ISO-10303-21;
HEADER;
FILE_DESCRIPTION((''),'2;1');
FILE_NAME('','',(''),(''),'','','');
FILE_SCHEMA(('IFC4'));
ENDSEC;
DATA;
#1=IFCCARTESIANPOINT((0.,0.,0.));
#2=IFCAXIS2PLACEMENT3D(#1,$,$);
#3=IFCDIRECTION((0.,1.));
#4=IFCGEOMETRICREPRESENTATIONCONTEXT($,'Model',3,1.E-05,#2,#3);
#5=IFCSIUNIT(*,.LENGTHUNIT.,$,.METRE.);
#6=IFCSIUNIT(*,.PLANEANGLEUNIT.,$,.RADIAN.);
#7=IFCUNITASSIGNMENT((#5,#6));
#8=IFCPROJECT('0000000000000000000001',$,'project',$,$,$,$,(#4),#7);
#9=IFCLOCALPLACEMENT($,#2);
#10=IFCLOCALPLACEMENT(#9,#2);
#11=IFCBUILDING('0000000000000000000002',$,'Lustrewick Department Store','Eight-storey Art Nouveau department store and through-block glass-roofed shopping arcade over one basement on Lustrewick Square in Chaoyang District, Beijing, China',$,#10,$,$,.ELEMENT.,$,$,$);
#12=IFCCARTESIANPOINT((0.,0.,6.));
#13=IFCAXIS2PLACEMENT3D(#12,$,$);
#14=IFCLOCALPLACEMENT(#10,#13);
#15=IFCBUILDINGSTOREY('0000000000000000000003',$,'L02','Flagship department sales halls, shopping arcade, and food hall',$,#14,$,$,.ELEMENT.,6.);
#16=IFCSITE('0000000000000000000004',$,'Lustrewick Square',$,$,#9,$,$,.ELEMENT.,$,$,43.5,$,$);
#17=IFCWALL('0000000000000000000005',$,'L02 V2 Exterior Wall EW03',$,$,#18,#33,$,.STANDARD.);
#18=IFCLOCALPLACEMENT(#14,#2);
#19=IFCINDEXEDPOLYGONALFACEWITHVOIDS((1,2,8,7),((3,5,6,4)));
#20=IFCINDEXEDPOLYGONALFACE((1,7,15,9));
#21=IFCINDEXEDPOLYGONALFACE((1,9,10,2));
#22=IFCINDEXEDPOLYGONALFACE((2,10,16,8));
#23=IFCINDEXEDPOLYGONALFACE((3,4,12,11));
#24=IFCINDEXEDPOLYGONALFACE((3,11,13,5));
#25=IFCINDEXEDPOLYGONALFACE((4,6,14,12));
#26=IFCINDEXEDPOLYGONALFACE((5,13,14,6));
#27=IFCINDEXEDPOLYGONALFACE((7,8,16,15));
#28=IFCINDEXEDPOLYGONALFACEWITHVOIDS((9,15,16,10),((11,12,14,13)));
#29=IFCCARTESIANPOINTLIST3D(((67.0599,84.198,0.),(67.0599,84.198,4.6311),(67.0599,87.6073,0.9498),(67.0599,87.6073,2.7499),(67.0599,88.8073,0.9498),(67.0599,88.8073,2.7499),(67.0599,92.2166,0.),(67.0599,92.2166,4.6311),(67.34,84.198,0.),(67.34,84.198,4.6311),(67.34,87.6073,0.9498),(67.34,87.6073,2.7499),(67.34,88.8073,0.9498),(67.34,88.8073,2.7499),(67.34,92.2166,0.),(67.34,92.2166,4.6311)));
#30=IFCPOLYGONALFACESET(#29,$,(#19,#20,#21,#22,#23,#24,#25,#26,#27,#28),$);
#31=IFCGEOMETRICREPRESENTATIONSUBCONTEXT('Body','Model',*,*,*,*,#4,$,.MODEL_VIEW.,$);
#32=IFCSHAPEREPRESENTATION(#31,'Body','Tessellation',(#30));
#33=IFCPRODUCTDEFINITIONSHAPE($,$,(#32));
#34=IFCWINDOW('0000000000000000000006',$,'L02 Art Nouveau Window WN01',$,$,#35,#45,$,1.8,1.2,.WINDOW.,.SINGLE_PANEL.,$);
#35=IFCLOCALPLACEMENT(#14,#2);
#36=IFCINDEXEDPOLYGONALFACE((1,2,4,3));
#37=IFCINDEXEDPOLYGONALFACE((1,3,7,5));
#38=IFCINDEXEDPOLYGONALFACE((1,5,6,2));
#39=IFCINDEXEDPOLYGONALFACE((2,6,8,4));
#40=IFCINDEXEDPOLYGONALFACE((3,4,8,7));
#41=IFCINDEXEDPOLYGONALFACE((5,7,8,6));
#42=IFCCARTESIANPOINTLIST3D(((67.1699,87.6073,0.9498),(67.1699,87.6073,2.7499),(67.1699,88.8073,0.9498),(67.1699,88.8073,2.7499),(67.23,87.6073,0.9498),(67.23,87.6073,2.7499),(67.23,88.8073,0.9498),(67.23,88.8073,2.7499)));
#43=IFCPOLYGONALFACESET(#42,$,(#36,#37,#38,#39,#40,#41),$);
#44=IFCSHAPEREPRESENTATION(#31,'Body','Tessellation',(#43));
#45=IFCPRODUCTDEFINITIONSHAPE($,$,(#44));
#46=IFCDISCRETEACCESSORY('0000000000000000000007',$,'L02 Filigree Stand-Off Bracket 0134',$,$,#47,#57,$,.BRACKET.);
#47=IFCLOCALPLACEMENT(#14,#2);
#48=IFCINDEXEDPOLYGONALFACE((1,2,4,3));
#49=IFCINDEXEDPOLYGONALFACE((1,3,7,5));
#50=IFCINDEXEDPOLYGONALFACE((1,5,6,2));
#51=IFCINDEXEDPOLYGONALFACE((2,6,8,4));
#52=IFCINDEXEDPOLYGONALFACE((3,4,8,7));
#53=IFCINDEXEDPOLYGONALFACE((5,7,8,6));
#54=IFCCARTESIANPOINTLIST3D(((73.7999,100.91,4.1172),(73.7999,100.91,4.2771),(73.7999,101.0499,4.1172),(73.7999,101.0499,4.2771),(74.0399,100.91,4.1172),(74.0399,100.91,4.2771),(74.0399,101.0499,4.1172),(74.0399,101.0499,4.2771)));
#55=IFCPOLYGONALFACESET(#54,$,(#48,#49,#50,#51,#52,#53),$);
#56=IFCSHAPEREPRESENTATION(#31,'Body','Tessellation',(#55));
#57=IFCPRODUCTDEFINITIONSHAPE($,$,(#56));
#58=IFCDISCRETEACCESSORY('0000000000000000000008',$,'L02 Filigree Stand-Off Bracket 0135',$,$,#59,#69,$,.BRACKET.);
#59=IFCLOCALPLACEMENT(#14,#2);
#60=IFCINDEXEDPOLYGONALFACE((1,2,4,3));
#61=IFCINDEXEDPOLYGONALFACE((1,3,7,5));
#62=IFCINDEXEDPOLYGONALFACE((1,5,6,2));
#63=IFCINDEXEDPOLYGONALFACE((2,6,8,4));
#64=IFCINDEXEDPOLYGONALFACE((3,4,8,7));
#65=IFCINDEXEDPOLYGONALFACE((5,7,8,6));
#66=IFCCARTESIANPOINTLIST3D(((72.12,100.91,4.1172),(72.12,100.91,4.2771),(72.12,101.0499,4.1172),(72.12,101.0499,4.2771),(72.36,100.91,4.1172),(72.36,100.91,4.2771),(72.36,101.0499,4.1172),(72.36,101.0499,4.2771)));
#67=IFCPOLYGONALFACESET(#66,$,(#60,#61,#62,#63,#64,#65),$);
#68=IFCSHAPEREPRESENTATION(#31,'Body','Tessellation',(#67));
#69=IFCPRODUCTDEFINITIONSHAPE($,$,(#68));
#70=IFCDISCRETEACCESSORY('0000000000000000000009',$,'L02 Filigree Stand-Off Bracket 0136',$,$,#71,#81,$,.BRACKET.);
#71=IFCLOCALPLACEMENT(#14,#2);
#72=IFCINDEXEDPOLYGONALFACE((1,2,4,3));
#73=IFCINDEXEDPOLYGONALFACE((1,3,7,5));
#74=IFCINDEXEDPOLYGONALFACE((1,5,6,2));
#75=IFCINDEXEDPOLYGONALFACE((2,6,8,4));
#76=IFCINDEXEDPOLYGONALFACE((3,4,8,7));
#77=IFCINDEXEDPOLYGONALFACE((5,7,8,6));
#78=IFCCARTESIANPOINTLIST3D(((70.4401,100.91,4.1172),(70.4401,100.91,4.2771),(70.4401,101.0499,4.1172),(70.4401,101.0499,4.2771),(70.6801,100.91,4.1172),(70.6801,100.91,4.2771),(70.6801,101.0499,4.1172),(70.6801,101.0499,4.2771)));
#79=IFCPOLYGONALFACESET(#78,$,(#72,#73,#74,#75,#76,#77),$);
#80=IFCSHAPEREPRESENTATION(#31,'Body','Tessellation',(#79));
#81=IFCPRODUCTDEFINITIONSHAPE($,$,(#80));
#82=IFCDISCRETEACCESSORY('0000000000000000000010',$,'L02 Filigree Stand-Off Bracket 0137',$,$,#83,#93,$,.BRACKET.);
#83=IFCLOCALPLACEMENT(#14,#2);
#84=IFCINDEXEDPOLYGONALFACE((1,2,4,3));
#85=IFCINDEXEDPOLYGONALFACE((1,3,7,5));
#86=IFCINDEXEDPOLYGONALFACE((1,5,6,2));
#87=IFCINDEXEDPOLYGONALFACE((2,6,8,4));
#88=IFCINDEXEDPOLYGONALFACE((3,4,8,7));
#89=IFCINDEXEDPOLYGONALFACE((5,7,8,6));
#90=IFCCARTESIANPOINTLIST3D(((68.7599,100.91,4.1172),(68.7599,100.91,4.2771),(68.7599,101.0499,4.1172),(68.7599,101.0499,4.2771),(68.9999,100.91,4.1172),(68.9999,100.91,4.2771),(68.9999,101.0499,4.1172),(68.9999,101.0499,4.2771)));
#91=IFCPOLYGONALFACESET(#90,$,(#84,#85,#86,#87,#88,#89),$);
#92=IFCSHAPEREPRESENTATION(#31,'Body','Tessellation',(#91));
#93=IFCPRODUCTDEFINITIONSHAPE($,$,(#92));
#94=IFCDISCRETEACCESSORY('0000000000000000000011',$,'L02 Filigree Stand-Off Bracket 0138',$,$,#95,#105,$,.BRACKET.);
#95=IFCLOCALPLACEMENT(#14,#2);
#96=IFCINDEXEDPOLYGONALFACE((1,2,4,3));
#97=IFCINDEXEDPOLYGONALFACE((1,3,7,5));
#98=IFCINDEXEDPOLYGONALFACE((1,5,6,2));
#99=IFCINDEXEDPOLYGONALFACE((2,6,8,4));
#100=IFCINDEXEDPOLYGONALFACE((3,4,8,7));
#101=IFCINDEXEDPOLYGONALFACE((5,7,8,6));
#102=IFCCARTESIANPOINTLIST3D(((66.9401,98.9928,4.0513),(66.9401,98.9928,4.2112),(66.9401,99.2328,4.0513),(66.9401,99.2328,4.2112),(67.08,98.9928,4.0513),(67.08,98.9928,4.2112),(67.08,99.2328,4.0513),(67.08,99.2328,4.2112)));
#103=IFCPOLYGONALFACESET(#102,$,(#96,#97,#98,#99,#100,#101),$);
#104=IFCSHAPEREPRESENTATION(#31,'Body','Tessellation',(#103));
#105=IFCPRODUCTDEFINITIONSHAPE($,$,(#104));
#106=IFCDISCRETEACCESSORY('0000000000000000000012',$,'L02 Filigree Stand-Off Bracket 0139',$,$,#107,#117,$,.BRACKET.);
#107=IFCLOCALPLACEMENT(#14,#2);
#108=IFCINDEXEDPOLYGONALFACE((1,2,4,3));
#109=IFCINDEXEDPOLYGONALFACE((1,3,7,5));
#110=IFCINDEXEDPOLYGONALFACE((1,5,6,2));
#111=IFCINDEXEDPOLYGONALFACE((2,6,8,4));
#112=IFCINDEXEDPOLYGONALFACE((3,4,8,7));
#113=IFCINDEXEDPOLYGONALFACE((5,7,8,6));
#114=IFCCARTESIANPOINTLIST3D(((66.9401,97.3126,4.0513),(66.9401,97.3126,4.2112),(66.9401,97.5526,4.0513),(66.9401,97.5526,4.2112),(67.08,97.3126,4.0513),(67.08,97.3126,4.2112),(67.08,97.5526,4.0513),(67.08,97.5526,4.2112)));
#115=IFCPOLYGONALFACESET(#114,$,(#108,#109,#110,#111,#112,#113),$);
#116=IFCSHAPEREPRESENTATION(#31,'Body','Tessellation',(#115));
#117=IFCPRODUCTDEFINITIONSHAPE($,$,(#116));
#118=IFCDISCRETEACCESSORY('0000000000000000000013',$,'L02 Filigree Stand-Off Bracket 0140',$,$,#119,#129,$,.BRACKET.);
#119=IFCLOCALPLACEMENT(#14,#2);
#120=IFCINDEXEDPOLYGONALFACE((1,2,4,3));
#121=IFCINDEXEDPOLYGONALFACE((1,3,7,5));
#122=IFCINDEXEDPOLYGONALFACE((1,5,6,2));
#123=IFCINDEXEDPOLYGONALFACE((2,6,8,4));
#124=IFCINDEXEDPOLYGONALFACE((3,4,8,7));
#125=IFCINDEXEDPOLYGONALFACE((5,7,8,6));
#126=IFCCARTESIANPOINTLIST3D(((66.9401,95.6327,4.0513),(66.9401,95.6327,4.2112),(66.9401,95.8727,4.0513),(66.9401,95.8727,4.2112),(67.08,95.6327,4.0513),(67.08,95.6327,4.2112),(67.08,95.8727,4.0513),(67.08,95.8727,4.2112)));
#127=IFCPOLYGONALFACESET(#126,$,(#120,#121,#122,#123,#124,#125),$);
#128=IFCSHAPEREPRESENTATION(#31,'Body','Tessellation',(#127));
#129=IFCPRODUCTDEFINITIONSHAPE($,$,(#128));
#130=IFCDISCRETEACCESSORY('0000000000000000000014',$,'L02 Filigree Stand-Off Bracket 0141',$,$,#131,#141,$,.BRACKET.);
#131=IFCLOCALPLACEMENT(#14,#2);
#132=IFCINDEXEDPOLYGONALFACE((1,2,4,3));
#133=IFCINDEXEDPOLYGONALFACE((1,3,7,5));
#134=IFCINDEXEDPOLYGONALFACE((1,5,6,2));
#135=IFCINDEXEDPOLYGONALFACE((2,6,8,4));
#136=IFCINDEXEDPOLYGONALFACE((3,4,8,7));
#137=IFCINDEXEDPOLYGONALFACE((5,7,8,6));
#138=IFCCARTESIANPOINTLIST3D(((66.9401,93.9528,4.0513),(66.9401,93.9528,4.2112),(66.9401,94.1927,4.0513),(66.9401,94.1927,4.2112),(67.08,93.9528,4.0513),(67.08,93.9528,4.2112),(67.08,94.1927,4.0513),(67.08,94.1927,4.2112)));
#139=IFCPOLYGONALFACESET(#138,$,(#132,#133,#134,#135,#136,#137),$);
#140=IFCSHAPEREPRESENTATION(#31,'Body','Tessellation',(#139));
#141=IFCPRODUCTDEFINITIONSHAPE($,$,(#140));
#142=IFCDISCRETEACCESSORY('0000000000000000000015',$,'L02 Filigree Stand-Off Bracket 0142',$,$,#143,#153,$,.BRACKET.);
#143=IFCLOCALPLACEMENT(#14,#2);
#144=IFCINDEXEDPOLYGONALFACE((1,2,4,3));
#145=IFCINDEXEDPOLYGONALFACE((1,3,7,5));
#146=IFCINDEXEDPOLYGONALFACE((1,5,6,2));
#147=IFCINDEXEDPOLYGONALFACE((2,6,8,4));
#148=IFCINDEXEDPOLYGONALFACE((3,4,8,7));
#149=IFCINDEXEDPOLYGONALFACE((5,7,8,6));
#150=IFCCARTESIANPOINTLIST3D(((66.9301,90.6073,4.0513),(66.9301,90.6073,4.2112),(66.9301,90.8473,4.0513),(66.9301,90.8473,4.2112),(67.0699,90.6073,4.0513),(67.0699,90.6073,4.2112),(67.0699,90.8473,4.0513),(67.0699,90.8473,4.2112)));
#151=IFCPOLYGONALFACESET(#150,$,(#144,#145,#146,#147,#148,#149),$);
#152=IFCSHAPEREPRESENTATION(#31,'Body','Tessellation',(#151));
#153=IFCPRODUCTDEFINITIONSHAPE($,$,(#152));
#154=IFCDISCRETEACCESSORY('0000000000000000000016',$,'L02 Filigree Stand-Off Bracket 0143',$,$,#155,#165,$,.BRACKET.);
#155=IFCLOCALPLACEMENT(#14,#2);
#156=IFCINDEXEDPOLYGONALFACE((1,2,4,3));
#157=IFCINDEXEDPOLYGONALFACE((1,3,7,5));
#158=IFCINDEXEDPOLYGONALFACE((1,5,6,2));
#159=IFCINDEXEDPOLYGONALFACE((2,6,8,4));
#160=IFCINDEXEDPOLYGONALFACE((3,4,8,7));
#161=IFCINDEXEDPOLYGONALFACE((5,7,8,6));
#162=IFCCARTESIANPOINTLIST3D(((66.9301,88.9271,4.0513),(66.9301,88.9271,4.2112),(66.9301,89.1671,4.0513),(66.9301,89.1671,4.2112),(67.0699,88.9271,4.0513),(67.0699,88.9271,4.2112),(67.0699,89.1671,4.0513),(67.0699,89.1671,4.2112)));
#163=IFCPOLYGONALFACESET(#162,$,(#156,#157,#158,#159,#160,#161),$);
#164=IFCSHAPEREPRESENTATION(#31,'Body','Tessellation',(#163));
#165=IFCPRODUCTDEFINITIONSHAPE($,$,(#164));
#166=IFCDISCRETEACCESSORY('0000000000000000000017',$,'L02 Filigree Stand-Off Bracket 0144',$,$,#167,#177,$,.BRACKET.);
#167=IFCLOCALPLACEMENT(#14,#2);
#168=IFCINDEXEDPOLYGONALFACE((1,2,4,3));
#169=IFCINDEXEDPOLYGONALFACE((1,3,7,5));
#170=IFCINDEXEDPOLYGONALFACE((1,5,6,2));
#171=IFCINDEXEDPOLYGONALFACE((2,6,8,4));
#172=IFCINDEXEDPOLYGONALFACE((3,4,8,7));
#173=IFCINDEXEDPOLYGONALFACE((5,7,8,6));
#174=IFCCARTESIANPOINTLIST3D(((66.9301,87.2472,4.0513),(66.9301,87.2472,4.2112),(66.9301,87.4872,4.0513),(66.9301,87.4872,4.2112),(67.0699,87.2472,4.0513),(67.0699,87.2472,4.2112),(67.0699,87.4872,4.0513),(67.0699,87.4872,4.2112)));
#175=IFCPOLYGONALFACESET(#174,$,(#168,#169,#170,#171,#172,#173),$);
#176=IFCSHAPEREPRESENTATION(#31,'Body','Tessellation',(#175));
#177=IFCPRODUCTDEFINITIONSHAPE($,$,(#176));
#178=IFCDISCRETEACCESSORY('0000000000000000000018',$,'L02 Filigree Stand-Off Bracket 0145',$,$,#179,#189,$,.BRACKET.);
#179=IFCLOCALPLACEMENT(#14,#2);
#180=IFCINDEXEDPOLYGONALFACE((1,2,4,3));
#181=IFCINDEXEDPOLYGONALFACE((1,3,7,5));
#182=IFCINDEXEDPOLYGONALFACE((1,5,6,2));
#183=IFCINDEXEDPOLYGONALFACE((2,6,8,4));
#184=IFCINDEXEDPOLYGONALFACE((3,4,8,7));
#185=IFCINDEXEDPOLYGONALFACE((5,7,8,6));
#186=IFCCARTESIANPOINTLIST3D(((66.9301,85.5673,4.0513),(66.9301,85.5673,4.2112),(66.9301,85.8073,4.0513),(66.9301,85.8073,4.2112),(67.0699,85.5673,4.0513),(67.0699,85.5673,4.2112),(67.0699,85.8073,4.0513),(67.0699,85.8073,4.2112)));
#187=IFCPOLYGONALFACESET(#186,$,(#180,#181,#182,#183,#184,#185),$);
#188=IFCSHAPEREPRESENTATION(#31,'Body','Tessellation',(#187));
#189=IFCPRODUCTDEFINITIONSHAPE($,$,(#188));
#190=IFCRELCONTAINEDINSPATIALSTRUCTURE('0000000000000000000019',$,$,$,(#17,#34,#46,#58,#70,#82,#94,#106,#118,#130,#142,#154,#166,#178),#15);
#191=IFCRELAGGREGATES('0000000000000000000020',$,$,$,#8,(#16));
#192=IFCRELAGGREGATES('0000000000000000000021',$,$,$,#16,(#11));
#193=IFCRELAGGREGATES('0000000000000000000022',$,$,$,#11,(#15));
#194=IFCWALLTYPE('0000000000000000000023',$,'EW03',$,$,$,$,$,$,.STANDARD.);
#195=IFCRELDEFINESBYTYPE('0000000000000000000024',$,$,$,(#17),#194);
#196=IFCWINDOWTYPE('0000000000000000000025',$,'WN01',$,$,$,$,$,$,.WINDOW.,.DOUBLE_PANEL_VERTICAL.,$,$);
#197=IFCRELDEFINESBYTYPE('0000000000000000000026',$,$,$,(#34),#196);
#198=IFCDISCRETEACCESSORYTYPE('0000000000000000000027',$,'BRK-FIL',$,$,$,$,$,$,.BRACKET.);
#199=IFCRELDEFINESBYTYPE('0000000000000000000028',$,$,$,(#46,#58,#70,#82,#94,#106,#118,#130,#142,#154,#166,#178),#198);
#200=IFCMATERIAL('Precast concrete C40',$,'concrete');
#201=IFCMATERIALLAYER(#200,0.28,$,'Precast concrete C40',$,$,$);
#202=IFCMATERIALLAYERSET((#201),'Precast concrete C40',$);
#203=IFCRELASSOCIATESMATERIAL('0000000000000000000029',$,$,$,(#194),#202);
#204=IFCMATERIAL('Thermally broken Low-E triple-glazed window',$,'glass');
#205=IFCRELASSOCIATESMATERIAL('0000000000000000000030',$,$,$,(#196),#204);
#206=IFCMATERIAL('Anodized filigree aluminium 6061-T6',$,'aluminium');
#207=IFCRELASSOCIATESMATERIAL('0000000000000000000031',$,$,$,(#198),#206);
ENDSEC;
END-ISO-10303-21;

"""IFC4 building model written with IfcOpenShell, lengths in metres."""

from ifc_helpers import new_model, si_unit, direction, frame, frame_2d, origin, origin_2d, place, context, subcontext, project, spatial, rectangle, extrude, material, layer, layer_set, type_object, element, fill, save


model = new_model("IFC4")

# Units and contexts
model_context = context("Model", 3, precision=1e-05, world=origin(), true_north=direction((0.0, 1.0)))
body_context = subcontext(model_context, "Body", "Model", "MODEL_VIEW")
ifc_project = project(units=[si_unit("LENGTHUNIT", "METRE"), si_unit("PLANEANGLEUNIT", "RADIAN")], contexts=[model_context])

# Site, building, storey
site_placement = place(None, origin())
site = spatial("IfcSite", under=ifc_project, at=site_placement, Name="Lustrewick Square", CompositionType="ELEMENT", RefElevation=43.5)
building_placement = place(site_placement, origin())
building = spatial("IfcBuilding", under=site, at=building_placement, Name="Lustrewick Department Store", Description="Eight-storey Art Nouveau department store and through-block glass-roofed shopping arcade over one basement on Lustrewick Square in Chaoyang District, Beijing, China", CompositionType="ELEMENT")
storey_placement = place(building_placement, frame((0.0, 0.0, 6.0)))
storey = spatial("IfcBuildingStorey", under=building, at=storey_placement, Name="L02", Description="Flagship department sales halls, shopping arcade, and food hall", CompositionType="ELEMENT", Elevation=6.0)

# Wall, opening, window
ifc_material_1 = material(Name="Precast concrete C40", Category="concrete")
ifc_material_2 = material(Name="Thermally broken Low-E triple-glazed window", Category="glass")
ifc_layer_1 = layer(ifc_material_1, 0.28, Name="Precast concrete C40")
ifc_layer_set_1 = layer_set([ifc_layer_1], Name="Precast concrete C40")
wall_type_1 = type_object("IfcWallType", Name="EW03", PredefinedType="STANDARD", material=ifc_layer_set_1)
wall_1_placement = place(storey_placement, frame((67.2, 92.2166, 0.0), z_axis=(0.0, 0.0, 1.0), x_axis=(0.0, -1.0, 0.0)))
wall_1 = element("IfcWall", 1, at=wall_1_placement, inside=storey, type_object=wall_type_1, Name="L02 V2 Exterior Wall EW03", PredefinedType="STANDARD", context=body_context, shape_type="SweptSolid", body=[
    extrude(rectangle(XDim=8.0186, YDim=0.28, at=frame_2d((4.0093, 0.0))), origin(), (0.0, 0.0, 1.0), 4.6311),
])
opening_1_placement = place(wall_1_placement, frame((3.4092, 0.0, 0.95)))
opening_1 = element("IfcOpeningElement", 2, at=opening_1_placement, cuts=wall_1, PredefinedType="OPENING", context=body_context, shape_type="SweptSolid", body=[
    extrude(rectangle(XDim=1.2, YDim=1.8, at=frame_2d((0.6001, 0.8999))), frame((0.0, 0.1499, 0.0), z_axis=(0.0, -1.0, 0.0), x_axis=(1.0, 0.0, 0.0)), (0.0, 0.0, 1.0), 0.3),
])
window_type_1 = type_object("IfcWindowType", Name="WN01", PartitioningType="DOUBLE_PANEL_VERTICAL", PredefinedType="WINDOW", material=ifc_material_2)
window_1_placement = place(opening_1_placement, origin())
window_1 = element("IfcWindow", 3, at=window_1_placement, inside=storey, type_object=window_type_1, Name="L02 Art Nouveau Window WN01", OverallHeight=1.8, OverallWidth=1.2, PartitioningType="SINGLE_PANEL", PredefinedType="WINDOW", context=body_context, shape_type="SweptSolid", body=[
    extrude(rectangle(XDim=1.2, YDim=1.8, at=frame_2d((0.6001, 0.8999))), frame((0.0, 0.03, 0.0), z_axis=(0.0, -1.0, 0.0), x_axis=(1.0, 0.0, 0.0)), (0.0, 0.0, 1.0), 0.0601),
])
fill(opening_1, window_1)

# Discrete accessories
ifc_material_3 = material(Name="Anodized filigree aluminium 6061-T6", Category="aluminium")
discrete_accessory_type = type_object("IfcDiscreteAccessoryType", Name="BRK-FIL", PredefinedType="BRACKET", material=ifc_material_3)
for number, where, z_axis, x_axis, name in (
    (4, (73.9199, 100.98, 4.1172), (0.0, 0.0, 1.0), (-1.0, 0.0, 0.0), "L02 Filigree Stand-Off Bracket 0134"),
    (5, (72.24, 100.98, 4.1172), (0.0, 0.0, 1.0), (-1.0, 0.0, 0.0), "L02 Filigree Stand-Off Bracket 0135"),
    (6, (70.5601, 100.98, 4.1172), (0.0, 0.0, 1.0), (-1.0, 0.0, 0.0), "L02 Filigree Stand-Off Bracket 0136"),
    (7, (68.8799, 100.98, 4.1172), (0.0, 0.0, 1.0), (-1.0, 0.0, 0.0), "L02 Filigree Stand-Off Bracket 0137"),
    (8, (67.01, 99.1128, 4.0513), (0.0, 0.0, 1.0), (0.0, -1.0, 0.0), "L02 Filigree Stand-Off Bracket 0138"),
    (9, (67.01, 97.4326, 4.0513), (0.0, 0.0, 1.0), (0.0, -1.0, 0.0), "L02 Filigree Stand-Off Bracket 0139"),
    (10, (67.01, 95.7527, 4.0513), (0.0, 0.0, 1.0), (0.0, -1.0, 0.0), "L02 Filigree Stand-Off Bracket 0140"),
    (11, (67.01, 94.0728, 4.0513), (0.0, 0.0, 1.0), (0.0, -1.0, 0.0), "L02 Filigree Stand-Off Bracket 0141"),
    (12, (67.0, 90.7273, 4.0513), (0.0, 0.0, 1.0), (0.0, -1.0, 0.0), "L02 Filigree Stand-Off Bracket 0142"),
    (13, (67.0, 89.0471, 4.0513), (0.0, 0.0, 1.0), (0.0, -1.0, 0.0), "L02 Filigree Stand-Off Bracket 0143"),
    (14, (67.0, 87.3672, 4.0513), (0.0, 0.0, 1.0), (0.0, -1.0, 0.0), "L02 Filigree Stand-Off Bracket 0144"),
    (15, (67.0, 85.6873, 4.0513), (0.0, 0.0, 1.0), (0.0, -1.0, 0.0), "L02 Filigree Stand-Off Bracket 0145"),
):
    element("IfcDiscreteAccessory", number, at=place(storey_placement, frame(where, z_axis=z_axis, x_axis=x_axis)), inside=storey, type_object=discrete_accessory_type, Name=name, PredefinedType="BRACKET", context=body_context, shape_type="SweptSolid", body=[
        extrude(rectangle(XDim=0.24, YDim=0.1399, at=origin_2d()), origin(), (0.0, 0.0, 1.0), 0.1599),
    ])

save(model, "model.ifc")
